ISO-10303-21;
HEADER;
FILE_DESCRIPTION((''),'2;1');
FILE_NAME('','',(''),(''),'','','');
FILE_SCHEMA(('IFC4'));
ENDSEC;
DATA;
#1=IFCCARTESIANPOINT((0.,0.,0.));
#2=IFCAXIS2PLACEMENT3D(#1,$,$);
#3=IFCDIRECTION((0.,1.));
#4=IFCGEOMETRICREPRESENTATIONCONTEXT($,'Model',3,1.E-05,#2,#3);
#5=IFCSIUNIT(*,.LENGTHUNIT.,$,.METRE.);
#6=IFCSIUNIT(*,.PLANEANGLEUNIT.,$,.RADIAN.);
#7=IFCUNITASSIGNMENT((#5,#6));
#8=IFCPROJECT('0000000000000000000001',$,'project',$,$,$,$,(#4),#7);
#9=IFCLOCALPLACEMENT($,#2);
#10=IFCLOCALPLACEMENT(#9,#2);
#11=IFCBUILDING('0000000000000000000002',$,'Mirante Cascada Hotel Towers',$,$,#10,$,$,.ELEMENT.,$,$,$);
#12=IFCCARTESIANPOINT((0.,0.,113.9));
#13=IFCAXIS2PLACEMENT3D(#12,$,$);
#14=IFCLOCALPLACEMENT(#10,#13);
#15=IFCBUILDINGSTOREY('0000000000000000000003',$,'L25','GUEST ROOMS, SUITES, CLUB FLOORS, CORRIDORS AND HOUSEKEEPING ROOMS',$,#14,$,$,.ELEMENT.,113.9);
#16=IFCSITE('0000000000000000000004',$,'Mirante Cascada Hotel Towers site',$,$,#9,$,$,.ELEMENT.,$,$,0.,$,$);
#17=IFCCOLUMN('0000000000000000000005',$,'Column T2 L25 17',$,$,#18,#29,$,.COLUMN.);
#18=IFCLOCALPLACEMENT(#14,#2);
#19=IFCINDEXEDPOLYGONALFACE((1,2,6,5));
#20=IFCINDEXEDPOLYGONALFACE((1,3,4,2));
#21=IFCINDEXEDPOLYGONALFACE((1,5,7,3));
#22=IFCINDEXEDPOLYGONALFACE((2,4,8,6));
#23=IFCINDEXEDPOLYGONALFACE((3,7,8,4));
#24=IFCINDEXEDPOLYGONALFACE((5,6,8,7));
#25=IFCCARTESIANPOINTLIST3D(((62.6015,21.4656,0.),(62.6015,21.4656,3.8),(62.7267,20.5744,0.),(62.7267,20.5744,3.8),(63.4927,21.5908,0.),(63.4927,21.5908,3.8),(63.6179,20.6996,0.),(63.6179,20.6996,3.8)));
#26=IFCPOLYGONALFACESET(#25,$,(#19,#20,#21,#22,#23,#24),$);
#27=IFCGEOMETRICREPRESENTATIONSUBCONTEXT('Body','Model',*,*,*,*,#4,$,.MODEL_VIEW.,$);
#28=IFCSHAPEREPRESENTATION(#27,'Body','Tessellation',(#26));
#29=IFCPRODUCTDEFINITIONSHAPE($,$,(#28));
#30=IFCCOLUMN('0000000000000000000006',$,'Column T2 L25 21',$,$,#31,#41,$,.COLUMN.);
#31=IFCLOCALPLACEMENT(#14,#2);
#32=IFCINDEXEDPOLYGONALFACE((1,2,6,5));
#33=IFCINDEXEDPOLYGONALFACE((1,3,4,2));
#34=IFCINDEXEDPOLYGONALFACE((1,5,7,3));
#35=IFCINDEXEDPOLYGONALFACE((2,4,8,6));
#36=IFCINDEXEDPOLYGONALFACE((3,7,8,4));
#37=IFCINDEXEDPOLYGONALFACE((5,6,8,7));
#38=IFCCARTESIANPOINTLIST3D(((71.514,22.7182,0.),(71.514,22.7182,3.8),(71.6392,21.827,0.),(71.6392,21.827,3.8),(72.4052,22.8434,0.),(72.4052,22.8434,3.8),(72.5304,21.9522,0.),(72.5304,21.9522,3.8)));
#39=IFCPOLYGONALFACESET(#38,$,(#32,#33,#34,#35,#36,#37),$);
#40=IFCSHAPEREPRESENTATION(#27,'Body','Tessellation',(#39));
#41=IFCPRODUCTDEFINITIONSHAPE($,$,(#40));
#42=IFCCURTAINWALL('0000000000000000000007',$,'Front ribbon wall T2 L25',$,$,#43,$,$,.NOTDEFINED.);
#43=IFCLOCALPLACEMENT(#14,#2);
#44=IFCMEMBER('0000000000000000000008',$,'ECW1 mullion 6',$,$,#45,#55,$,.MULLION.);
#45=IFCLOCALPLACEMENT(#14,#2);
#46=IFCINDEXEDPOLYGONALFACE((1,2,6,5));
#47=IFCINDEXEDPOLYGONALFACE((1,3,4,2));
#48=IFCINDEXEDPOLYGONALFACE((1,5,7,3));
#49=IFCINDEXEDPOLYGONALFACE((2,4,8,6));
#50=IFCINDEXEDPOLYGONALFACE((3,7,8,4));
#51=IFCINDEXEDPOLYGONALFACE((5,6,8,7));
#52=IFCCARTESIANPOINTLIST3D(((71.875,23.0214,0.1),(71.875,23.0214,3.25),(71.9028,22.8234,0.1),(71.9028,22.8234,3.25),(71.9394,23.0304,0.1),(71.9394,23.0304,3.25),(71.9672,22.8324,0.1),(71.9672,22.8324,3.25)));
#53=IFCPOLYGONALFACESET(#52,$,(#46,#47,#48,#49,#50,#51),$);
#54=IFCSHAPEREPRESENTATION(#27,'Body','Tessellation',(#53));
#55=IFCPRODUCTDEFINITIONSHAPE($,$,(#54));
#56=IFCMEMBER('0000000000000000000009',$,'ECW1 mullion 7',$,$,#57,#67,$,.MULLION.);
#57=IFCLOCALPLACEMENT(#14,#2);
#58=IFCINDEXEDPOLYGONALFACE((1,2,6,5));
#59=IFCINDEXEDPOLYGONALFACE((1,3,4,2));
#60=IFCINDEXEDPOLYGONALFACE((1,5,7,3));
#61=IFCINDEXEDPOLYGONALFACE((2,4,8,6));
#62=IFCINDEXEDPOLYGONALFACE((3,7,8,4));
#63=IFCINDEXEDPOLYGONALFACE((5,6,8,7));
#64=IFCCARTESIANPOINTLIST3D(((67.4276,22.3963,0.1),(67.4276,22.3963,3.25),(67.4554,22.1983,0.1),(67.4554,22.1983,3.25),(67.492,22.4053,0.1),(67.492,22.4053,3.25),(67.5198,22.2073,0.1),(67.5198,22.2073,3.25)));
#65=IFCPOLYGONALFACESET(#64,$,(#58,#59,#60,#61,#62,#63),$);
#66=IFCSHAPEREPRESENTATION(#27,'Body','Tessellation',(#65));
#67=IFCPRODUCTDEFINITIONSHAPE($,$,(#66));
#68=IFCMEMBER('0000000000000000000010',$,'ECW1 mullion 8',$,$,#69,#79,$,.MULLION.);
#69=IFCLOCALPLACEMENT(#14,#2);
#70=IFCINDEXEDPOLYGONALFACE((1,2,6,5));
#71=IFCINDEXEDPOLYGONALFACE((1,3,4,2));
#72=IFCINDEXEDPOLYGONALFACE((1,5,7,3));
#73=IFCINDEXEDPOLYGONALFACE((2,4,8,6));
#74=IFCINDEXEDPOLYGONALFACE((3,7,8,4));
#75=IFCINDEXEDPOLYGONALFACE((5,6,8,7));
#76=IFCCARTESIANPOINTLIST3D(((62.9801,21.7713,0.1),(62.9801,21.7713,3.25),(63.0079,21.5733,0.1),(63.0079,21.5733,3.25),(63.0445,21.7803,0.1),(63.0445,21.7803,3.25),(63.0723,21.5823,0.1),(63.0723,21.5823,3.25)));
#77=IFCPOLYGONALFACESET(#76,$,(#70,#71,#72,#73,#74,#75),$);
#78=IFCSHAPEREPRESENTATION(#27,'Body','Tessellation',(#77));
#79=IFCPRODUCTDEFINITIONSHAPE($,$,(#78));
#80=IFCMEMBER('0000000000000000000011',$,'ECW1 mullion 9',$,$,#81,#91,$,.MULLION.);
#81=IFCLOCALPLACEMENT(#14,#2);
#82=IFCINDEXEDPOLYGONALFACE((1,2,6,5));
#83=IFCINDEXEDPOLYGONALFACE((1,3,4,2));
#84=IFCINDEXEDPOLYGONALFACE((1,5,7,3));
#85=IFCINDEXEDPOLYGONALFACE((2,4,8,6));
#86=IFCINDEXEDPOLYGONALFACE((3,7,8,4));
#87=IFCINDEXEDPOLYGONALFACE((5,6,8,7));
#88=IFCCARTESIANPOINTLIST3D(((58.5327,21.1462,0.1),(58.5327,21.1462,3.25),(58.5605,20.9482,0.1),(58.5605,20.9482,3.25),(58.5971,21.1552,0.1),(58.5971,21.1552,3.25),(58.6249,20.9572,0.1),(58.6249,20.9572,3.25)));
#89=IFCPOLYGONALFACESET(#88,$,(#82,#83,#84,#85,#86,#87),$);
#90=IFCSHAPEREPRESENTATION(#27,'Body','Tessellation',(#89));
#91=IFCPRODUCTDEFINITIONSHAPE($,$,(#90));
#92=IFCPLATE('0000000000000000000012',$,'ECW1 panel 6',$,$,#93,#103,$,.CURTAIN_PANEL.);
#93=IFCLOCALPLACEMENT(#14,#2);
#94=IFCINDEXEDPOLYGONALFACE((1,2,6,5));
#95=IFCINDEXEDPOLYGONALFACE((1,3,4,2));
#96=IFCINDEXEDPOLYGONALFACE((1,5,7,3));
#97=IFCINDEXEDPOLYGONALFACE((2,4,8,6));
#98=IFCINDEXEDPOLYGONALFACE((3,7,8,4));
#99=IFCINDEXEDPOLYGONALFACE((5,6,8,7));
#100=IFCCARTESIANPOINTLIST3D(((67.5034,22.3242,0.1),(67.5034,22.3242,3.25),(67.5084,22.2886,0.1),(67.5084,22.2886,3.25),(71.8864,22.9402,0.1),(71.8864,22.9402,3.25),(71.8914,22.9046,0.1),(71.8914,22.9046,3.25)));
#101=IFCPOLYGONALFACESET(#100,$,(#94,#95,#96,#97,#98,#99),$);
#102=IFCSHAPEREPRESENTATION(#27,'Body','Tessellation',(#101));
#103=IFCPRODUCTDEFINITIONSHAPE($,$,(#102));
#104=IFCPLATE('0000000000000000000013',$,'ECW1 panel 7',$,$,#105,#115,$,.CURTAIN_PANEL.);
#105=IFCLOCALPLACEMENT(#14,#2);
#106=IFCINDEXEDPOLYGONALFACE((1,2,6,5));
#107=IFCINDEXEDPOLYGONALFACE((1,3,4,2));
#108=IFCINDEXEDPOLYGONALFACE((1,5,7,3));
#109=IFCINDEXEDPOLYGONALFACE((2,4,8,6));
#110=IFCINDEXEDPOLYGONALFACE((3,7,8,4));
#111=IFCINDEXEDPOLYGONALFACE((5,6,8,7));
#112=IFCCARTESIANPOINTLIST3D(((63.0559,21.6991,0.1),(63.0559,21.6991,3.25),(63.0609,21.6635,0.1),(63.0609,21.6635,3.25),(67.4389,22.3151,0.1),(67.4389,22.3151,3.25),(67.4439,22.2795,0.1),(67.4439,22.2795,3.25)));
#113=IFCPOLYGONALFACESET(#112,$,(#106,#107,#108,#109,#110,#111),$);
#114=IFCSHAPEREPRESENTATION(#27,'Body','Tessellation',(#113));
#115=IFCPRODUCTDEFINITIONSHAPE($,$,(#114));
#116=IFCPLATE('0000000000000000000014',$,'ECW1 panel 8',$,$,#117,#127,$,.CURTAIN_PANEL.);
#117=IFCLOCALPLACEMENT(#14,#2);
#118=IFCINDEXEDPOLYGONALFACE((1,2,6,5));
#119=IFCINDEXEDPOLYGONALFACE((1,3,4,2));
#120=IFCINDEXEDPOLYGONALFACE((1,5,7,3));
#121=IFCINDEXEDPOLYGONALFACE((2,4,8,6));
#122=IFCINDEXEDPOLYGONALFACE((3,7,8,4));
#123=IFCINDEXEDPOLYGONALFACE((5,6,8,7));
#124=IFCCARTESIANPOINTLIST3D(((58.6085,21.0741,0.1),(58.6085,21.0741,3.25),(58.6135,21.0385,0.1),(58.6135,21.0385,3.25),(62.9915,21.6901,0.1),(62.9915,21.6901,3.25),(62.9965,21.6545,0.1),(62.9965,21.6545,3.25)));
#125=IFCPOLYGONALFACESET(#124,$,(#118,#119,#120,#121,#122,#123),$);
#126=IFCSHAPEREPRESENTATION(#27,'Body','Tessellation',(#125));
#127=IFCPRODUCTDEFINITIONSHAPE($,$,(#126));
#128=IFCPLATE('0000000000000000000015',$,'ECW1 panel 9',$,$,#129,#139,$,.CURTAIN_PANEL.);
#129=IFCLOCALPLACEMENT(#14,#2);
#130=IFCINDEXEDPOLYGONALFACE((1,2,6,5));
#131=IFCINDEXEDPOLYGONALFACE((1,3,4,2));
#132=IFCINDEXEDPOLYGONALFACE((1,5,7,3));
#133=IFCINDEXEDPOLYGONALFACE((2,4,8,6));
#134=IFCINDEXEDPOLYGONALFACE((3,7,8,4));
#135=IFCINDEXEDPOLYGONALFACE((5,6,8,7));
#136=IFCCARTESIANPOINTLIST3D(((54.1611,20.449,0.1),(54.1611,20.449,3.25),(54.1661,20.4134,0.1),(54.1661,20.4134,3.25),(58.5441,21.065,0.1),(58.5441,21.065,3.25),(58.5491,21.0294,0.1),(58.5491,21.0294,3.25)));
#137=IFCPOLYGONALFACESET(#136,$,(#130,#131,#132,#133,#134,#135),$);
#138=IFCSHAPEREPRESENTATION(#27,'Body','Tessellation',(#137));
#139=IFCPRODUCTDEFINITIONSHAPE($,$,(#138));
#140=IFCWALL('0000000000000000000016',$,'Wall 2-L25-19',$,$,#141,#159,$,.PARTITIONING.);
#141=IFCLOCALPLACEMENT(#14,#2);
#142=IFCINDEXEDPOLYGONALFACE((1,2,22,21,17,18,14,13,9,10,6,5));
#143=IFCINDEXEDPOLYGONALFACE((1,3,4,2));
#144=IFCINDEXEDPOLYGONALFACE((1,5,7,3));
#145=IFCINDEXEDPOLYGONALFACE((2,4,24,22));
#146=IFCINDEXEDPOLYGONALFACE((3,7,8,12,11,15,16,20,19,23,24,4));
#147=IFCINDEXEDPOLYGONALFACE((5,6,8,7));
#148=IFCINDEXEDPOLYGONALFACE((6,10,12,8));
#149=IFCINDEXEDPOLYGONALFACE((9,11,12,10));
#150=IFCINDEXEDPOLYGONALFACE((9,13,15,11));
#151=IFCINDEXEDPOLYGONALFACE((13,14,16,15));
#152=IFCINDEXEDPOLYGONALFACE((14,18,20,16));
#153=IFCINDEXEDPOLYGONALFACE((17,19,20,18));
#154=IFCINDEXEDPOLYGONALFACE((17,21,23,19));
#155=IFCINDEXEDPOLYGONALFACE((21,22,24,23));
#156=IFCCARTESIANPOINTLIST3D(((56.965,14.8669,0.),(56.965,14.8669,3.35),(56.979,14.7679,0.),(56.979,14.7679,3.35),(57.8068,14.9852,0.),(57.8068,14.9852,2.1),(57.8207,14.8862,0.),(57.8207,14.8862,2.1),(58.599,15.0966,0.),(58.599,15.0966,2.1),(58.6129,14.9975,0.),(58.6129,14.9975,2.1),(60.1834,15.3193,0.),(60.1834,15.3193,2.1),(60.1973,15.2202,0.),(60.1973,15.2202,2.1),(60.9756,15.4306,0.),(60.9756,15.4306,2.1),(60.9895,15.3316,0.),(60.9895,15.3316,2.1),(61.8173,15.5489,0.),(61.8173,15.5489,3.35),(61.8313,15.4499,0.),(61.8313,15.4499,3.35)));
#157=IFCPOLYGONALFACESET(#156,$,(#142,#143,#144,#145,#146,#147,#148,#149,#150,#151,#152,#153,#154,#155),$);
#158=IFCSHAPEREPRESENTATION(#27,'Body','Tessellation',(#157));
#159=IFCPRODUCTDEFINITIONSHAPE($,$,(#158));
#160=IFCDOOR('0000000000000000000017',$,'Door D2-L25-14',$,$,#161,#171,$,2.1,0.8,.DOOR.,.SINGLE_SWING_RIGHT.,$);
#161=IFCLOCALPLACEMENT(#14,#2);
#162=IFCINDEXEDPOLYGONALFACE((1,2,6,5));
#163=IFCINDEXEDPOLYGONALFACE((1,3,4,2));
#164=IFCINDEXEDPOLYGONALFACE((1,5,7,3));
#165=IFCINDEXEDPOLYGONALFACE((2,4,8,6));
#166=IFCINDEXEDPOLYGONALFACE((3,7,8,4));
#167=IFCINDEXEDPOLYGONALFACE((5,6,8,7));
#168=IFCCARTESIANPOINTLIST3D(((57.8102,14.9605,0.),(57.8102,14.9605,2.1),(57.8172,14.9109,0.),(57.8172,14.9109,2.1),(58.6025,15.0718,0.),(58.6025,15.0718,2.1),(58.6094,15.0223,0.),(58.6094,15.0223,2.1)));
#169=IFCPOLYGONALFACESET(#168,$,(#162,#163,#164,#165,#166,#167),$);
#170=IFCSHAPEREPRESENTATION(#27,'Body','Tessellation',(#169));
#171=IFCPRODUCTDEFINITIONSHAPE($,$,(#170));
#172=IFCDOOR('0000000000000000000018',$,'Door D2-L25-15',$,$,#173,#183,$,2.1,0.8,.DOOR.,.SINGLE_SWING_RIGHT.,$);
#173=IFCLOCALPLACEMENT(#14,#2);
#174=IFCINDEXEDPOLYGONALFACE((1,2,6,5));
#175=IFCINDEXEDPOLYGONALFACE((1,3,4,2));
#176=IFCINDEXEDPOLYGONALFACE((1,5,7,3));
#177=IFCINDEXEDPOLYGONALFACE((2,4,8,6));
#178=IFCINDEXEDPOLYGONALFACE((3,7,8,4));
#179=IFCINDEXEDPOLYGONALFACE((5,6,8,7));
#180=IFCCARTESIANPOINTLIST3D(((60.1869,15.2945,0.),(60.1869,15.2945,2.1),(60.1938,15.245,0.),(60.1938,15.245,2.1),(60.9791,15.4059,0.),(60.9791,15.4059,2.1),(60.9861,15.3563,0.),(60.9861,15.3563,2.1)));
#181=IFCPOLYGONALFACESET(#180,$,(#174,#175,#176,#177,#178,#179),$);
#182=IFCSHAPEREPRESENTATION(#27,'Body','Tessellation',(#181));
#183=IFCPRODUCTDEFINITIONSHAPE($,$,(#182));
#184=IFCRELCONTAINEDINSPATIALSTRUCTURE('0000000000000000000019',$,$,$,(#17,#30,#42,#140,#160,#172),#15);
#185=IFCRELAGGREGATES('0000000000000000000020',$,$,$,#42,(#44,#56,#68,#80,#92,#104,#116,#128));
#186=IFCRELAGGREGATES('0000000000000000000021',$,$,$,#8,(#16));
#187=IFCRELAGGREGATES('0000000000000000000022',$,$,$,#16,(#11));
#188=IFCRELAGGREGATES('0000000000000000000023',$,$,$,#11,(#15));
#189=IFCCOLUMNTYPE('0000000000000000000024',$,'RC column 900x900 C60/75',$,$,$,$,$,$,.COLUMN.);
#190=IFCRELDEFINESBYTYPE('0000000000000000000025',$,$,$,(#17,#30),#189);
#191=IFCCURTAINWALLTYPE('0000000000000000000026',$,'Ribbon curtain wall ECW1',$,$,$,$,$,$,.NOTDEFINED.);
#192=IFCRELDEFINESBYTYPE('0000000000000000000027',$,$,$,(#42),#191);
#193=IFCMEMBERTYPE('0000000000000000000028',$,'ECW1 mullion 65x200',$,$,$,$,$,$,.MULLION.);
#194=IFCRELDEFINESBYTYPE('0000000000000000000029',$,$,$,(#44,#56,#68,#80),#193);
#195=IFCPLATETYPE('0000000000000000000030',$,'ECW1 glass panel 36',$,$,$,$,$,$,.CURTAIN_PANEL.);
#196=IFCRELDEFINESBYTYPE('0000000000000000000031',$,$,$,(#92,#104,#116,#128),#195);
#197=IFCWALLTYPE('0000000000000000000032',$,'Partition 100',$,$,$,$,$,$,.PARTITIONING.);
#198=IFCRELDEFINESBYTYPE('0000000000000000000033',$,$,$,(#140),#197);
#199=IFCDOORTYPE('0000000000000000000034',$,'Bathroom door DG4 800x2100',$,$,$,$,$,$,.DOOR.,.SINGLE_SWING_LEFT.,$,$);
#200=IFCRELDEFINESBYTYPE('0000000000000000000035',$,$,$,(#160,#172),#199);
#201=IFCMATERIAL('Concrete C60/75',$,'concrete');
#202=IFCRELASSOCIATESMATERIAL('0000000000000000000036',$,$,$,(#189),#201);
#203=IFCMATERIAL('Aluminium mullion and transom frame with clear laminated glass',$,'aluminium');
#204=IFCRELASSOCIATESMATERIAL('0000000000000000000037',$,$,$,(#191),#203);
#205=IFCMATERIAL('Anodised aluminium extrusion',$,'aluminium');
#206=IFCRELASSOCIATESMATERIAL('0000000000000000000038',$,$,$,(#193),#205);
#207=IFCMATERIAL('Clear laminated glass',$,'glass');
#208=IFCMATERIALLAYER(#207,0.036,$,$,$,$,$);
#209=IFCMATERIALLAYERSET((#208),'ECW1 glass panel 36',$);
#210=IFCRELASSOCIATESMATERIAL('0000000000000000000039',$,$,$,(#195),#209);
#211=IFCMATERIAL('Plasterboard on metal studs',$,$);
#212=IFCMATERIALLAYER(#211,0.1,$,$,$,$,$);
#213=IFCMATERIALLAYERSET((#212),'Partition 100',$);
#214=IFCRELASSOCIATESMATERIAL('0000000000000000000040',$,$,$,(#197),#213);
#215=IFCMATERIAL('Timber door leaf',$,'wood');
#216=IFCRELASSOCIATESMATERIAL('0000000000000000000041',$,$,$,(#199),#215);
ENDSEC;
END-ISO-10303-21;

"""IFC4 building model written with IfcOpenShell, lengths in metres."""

from ifc_helpers import new_model, si_unit, direction, frame, frame_2d, origin, origin_2d, place, context, subcontext, project, spatial, rectangle, extrude, material, layer, layer_set, material_profile, profile_set, type_object, element, fill, aggregate, save


model = new_model("IFC4")

# Units and contexts
model_context = context("Model", 3, precision=1e-05, world=origin(), true_north=direction((0.0, 1.0)))
body_context = subcontext(model_context, "Body", "Model", "MODEL_VIEW")
ifc_project = project(units=[si_unit("LENGTHUNIT", "METRE"), si_unit("PLANEANGLEUNIT", "RADIAN")], contexts=[model_context])

# Site, building, storey
site_placement = place(None, origin())
site = spatial("IfcSite", under=ifc_project, at=site_placement, Name="Mirante Cascada Hotel Towers site", CompositionType="ELEMENT", RefElevation=0.0)
building_placement = place(site_placement, origin())
building = spatial("IfcBuilding", under=site, at=building_placement, Name="Mirante Cascada Hotel Towers", CompositionType="ELEMENT")
storey_placement = place(building_placement, frame((0.0, 0.0, 113.9)))
storey = spatial("IfcBuildingStorey", under=building, at=storey_placement, Name="L25", Description="GUEST ROOMS, SUITES, CLUB FLOORS, CORRIDORS AND HOUSEKEEPING ROOMS", CompositionType="ELEMENT", Elevation=113.9)

# Columns
ifc_material_1 = material(Name="Concrete C60/75", Category="concrete")
ifc_material_profile_1 = material_profile(ifc_material_1, rectangle(XDim=0.9, YDim=0.9, at=origin_2d()), Name="RC column 900x900 C60/75")
ifc_profile_set_1 = profile_set([ifc_material_profile_1], Name="Concrete C60/75")
column_type = type_object("IfcColumnType", Name="RC column 900x900 C60/75", PredefinedType="COLUMN", material=ifc_profile_set_1)
for number, where, z_axis, x_axis, name in (
    (1, (63.1097, 21.0826, 0.0), (0.0, 0.0, 1.0), (0.990268, 0.139173, 0.0), "Column T2 L25 17"),
    (2, (72.0222, 22.3352, 0.0), (0.0, 0.0, 1.0), (0.990268, 0.139173, 0.0), "Column T2 L25 21"),
):
    element("IfcColumn", number, at=place(storey_placement, frame(where, z_axis=z_axis, x_axis=x_axis)), inside=storey, type_object=column_type, Name=name, PredefinedType="COLUMN", context=body_context, shape_type="SweptSolid", body=[
        extrude(rectangle(XDim=0.9, YDim=0.9, at=origin_2d()), origin(), (0.0, 0.0, 1.0), 3.8),
    ])

# Curtain wall, members, plates
ifc_material_2 = material(Name="Aluminium mullion and transom frame with clear laminated glass", Category="aluminium")
curtain_wall_type = type_object("IfcCurtainWallType", Name="Ribbon curtain wall ECW1", PredefinedType="NOTDEFINED", material=ifc_material_2)
curtain_wall_placement = place(storey_placement, origin())
curtain_wall = element("IfcCurtainWall", 3, at=curtain_wall_placement, inside=storey, type_object=curtain_wall_type, Name="Front ribbon wall T2 L25", PredefinedType="NOTDEFINED")
ifc_material_3 = material(Name="Anodised aluminium extrusion", Category="aluminium")
ifc_material_profile_2 = material_profile(ifc_material_3, rectangle(XDim=0.2, YDim=0.065, at=origin_2d()), Name="ECW1 MULLION 65x200")
ifc_profile_set_2 = profile_set([ifc_material_profile_2], Name="Anodised aluminium extrusion")
member_type = type_object("IfcMemberType", Name="ECW1 mullion 65x200", PredefinedType="MULLION", material=ifc_profile_set_2)
member_1_placement = place(storey_placement, frame((71.9211, 22.9269, 0.1), z_axis=(0.0, 0.0, 1.0), x_axis=(0.139173, -0.990268, 0.0)))
member_1 = element("IfcMember", 4, at=member_1_placement, type_object=member_type, Name="ECW1 mullion 6", PredefinedType="MULLION", context=body_context, shape_type="SweptSolid", body=[
    extrude(rectangle(XDim=0.2, YDim=0.065, at=origin_2d()), origin(), (0.0, 0.0, 1.0), 3.15),
])
member_2_placement = place(storey_placement, frame((67.4737, 22.3018, 0.1), z_axis=(0.0, 0.0, 1.0), x_axis=(0.139173, -0.990268, 0.0)))
member_2 = element("IfcMember", 5, at=member_2_placement, type_object=member_type, Name="ECW1 mullion 7", PredefinedType="MULLION", context=body_context, shape_type="SweptSolid", body=[
    extrude(rectangle(XDim=0.2, YDim=0.065, at=origin_2d()), origin(), (0.0, 0.0, 1.0), 3.15),
])
member_3_placement = place(storey_placement, frame((63.0262, 21.6768, 0.1), z_axis=(0.0, 0.0, 1.0), x_axis=(0.139173, -0.990268, 0.0)))
member_3 = element("IfcMember", 6, at=member_3_placement, type_object=member_type, Name="ECW1 mullion 8", PredefinedType="MULLION", context=body_context, shape_type="SweptSolid", body=[
    extrude(rectangle(XDim=0.2, YDim=0.065, at=origin_2d()), origin(), (0.0, 0.0, 1.0), 3.15),
])
member_4_placement = place(storey_placement, frame((58.5788, 21.0517, 0.1), z_axis=(0.0, 0.0, 1.0), x_axis=(0.139173, -0.990268, 0.0)))
member_4 = element("IfcMember", 7, at=member_4_placement, type_object=member_type, Name="ECW1 mullion 9", PredefinedType="MULLION", context=body_context, shape_type="SweptSolid", body=[
    extrude(rectangle(XDim=0.2, YDim=0.065, at=origin_2d()), origin(), (0.0, 0.0, 1.0), 3.15),
])
ifc_material_4 = material(Name="Clear laminated glass", Category="glass")
ifc_layer_1 = layer(ifc_material_4, 0.036)
ifc_layer_set_1 = layer_set([ifc_layer_1], Name="ECW1 glass panel 36")
plate_type = type_object("IfcPlateType", Name="ECW1 glass panel 36", PredefinedType="CURTAIN_PANEL", material=ifc_layer_set_1)
plate_1_placement = place(storey_placement, frame((69.6974, 22.6144, 0.1), z_axis=(0.0, 0.0, 1.0), x_axis=(-0.990268, -0.139173, 0.0)))
plate_1 = element("IfcPlate", 8, at=plate_1_placement, type_object=plate_type, Name="ECW1 panel 6", PredefinedType="CURTAIN_PANEL", context=body_context, shape_type="SweptSolid", body=[
    extrude(rectangle(XDim=4.4261, YDim=0.036, at=origin_2d()), origin(), (0.0, 0.0, 1.0), 3.15),
])
plate_2_placement = place(storey_placement, frame((65.2499, 21.9893, 0.1), z_axis=(0.0, 0.0, 1.0), x_axis=(-0.990268, -0.139173, 0.0)))
plate_2 = element("IfcPlate", 9, at=plate_2_placement, type_object=plate_type, Name="ECW1 panel 7", PredefinedType="CURTAIN_PANEL", context=body_context, shape_type="SweptSolid", body=[
    extrude(rectangle(XDim=4.4261, YDim=0.036, at=origin_2d()), origin(), (0.0, 0.0, 1.0), 3.15),
])
plate_3_placement = place(storey_placement, frame((60.8025, 21.3643, 0.1), z_axis=(0.0, 0.0, 1.0), x_axis=(-0.990268, -0.139173, 0.0)))
plate_3 = element("IfcPlate", 10, at=plate_3_placement, type_object=plate_type, Name="ECW1 panel 8", PredefinedType="CURTAIN_PANEL", context=body_context, shape_type="SweptSolid", body=[
    extrude(rectangle(XDim=4.4261, YDim=0.036, at=origin_2d()), origin(), (0.0, 0.0, 1.0), 3.15),
])
plate_4_placement = place(storey_placement, frame((56.3551, 20.7392, 0.1), z_axis=(0.0, 0.0, 1.0), x_axis=(-0.990268, -0.139173, 0.0)))
plate_4 = element("IfcPlate", 11, at=plate_4_placement, type_object=plate_type, Name="ECW1 panel 9", PredefinedType="CURTAIN_PANEL", context=body_context, shape_type="SweptSolid", body=[
    extrude(rectangle(XDim=4.4261, YDim=0.036, at=origin_2d()), origin(), (0.0, 0.0, 1.0), 3.15),
])
aggregate(curtain_wall, [member_1, member_2, member_3, member_4, plate_1, plate_2, plate_3, plate_4])

# Wall, openings, doors
ifc_material_5 = material(Name="Plasterboard on metal studs")
ifc_layer_2 = layer(ifc_material_5, 0.1)
ifc_layer_set_2 = layer_set([ifc_layer_2], Name="Partition 100")
wall_type = type_object("IfcWallType", Name="Partition 100", PredefinedType="PARTITIONING", material=ifc_layer_set_2)
wall_1_placement = place(storey_placement, frame((61.8243, 15.4994, 0.0), z_axis=(0.0, 0.0, 1.0), x_axis=(-0.990267, -0.139184, 0.0)))
wall_1 = element("IfcWall", 12, at=wall_1_placement, inside=storey, type_object=wall_type, Name="Wall 2-L25-19", PredefinedType="PARTITIONING", context=body_context, shape_type="SweptSolid", body=[
    extrude(rectangle(XDim=4.9, YDim=0.1, at=frame_2d((2.45, 0.0))), origin(), (0.0, 0.0, 1.0), 3.35),
])
opening_1_placement = place(wall_1_placement, frame((3.25, 0.0, 0.0)))
opening_1 = element("IfcOpeningElement", 13, at=opening_1_placement, cuts=wall_1, PredefinedType="OPENING", context=body_context, shape_type="SweptSolid", body=[
    extrude(rectangle(XDim=0.8, YDim=2.1, at=frame_2d((0.4, 1.05))), frame((0.0, 0.05, 0.0), z_axis=(0.0, -1.0, 0.0), x_axis=(1.0, 0.0, 0.0)), (0.0, 0.0, 1.0), 0.1),
])
opening_2_placement = place(wall_1_placement, frame((0.85, 0.0, 0.0)))
opening_2 = element("IfcOpeningElement", 14, at=opening_2_placement, cuts=wall_1, PredefinedType="OPENING", context=body_context, shape_type="SweptSolid", body=[
    extrude(rectangle(XDim=0.8, YDim=2.1, at=frame_2d((0.4, 1.05))), frame((0.0, 0.05, 0.0), z_axis=(0.0, -1.0, 0.0), x_axis=(1.0, 0.0, 0.0)), (0.0, 0.0, 1.0), 0.1),
])
ifc_material_6 = material(Name="Timber door leaf", Category="wood")
door_type = type_object("IfcDoorType", Name="Bathroom door DG4 800x2100", OperationType="SINGLE_SWING_LEFT", PredefinedType="DOOR", material=ifc_material_6)
door_1_placement = place(opening_1_placement, frame((0.8, 0.0, 0.0), z_axis=(0.0, 0.0, 1.0), x_axis=(-1.0, 0.0, 0.0)))
door_1 = element("IfcDoor", 15, at=door_1_placement, inside=storey, type_object=door_type, Name="Door D2-L25-14", OperationType="SINGLE_SWING_RIGHT", OverallHeight=2.1, OverallWidth=0.8, PredefinedType="DOOR", context=body_context, shape_type="SweptSolid", body=[
    extrude(rectangle(XDim=0.8, YDim=2.1, at=frame_2d((0.4, 1.05))), frame((0.0, 0.025, 0.0), z_axis=(0.0, -1.0, 0.0), x_axis=(1.0, 0.0, 0.0)), (0.0, 0.0, 1.0), 0.05),
])
fill(opening_1, door_1)
door_2_placement = place(opening_2_placement, frame((0.8, 0.0, 0.0), z_axis=(0.0, 0.0, 1.0), x_axis=(-1.0, 0.0, 0.0)))
door_2 = element("IfcDoor", 16, at=door_2_placement, inside=storey, type_object=door_type, Name="Door D2-L25-15", OperationType="SINGLE_SWING_RIGHT", OverallHeight=2.1, OverallWidth=0.8, PredefinedType="DOOR", context=body_context, shape_type="SweptSolid", body=[
    extrude(rectangle(XDim=0.8, YDim=2.1, at=frame_2d((0.4, 1.05))), frame((0.0, 0.025, 0.0), z_axis=(0.0, -1.0, 0.0), x_axis=(1.0, 0.0, 0.0)), (0.0, 0.0, 1.0), 0.05),
])
fill(opening_2, door_2)

save(model, "model.ifc")
